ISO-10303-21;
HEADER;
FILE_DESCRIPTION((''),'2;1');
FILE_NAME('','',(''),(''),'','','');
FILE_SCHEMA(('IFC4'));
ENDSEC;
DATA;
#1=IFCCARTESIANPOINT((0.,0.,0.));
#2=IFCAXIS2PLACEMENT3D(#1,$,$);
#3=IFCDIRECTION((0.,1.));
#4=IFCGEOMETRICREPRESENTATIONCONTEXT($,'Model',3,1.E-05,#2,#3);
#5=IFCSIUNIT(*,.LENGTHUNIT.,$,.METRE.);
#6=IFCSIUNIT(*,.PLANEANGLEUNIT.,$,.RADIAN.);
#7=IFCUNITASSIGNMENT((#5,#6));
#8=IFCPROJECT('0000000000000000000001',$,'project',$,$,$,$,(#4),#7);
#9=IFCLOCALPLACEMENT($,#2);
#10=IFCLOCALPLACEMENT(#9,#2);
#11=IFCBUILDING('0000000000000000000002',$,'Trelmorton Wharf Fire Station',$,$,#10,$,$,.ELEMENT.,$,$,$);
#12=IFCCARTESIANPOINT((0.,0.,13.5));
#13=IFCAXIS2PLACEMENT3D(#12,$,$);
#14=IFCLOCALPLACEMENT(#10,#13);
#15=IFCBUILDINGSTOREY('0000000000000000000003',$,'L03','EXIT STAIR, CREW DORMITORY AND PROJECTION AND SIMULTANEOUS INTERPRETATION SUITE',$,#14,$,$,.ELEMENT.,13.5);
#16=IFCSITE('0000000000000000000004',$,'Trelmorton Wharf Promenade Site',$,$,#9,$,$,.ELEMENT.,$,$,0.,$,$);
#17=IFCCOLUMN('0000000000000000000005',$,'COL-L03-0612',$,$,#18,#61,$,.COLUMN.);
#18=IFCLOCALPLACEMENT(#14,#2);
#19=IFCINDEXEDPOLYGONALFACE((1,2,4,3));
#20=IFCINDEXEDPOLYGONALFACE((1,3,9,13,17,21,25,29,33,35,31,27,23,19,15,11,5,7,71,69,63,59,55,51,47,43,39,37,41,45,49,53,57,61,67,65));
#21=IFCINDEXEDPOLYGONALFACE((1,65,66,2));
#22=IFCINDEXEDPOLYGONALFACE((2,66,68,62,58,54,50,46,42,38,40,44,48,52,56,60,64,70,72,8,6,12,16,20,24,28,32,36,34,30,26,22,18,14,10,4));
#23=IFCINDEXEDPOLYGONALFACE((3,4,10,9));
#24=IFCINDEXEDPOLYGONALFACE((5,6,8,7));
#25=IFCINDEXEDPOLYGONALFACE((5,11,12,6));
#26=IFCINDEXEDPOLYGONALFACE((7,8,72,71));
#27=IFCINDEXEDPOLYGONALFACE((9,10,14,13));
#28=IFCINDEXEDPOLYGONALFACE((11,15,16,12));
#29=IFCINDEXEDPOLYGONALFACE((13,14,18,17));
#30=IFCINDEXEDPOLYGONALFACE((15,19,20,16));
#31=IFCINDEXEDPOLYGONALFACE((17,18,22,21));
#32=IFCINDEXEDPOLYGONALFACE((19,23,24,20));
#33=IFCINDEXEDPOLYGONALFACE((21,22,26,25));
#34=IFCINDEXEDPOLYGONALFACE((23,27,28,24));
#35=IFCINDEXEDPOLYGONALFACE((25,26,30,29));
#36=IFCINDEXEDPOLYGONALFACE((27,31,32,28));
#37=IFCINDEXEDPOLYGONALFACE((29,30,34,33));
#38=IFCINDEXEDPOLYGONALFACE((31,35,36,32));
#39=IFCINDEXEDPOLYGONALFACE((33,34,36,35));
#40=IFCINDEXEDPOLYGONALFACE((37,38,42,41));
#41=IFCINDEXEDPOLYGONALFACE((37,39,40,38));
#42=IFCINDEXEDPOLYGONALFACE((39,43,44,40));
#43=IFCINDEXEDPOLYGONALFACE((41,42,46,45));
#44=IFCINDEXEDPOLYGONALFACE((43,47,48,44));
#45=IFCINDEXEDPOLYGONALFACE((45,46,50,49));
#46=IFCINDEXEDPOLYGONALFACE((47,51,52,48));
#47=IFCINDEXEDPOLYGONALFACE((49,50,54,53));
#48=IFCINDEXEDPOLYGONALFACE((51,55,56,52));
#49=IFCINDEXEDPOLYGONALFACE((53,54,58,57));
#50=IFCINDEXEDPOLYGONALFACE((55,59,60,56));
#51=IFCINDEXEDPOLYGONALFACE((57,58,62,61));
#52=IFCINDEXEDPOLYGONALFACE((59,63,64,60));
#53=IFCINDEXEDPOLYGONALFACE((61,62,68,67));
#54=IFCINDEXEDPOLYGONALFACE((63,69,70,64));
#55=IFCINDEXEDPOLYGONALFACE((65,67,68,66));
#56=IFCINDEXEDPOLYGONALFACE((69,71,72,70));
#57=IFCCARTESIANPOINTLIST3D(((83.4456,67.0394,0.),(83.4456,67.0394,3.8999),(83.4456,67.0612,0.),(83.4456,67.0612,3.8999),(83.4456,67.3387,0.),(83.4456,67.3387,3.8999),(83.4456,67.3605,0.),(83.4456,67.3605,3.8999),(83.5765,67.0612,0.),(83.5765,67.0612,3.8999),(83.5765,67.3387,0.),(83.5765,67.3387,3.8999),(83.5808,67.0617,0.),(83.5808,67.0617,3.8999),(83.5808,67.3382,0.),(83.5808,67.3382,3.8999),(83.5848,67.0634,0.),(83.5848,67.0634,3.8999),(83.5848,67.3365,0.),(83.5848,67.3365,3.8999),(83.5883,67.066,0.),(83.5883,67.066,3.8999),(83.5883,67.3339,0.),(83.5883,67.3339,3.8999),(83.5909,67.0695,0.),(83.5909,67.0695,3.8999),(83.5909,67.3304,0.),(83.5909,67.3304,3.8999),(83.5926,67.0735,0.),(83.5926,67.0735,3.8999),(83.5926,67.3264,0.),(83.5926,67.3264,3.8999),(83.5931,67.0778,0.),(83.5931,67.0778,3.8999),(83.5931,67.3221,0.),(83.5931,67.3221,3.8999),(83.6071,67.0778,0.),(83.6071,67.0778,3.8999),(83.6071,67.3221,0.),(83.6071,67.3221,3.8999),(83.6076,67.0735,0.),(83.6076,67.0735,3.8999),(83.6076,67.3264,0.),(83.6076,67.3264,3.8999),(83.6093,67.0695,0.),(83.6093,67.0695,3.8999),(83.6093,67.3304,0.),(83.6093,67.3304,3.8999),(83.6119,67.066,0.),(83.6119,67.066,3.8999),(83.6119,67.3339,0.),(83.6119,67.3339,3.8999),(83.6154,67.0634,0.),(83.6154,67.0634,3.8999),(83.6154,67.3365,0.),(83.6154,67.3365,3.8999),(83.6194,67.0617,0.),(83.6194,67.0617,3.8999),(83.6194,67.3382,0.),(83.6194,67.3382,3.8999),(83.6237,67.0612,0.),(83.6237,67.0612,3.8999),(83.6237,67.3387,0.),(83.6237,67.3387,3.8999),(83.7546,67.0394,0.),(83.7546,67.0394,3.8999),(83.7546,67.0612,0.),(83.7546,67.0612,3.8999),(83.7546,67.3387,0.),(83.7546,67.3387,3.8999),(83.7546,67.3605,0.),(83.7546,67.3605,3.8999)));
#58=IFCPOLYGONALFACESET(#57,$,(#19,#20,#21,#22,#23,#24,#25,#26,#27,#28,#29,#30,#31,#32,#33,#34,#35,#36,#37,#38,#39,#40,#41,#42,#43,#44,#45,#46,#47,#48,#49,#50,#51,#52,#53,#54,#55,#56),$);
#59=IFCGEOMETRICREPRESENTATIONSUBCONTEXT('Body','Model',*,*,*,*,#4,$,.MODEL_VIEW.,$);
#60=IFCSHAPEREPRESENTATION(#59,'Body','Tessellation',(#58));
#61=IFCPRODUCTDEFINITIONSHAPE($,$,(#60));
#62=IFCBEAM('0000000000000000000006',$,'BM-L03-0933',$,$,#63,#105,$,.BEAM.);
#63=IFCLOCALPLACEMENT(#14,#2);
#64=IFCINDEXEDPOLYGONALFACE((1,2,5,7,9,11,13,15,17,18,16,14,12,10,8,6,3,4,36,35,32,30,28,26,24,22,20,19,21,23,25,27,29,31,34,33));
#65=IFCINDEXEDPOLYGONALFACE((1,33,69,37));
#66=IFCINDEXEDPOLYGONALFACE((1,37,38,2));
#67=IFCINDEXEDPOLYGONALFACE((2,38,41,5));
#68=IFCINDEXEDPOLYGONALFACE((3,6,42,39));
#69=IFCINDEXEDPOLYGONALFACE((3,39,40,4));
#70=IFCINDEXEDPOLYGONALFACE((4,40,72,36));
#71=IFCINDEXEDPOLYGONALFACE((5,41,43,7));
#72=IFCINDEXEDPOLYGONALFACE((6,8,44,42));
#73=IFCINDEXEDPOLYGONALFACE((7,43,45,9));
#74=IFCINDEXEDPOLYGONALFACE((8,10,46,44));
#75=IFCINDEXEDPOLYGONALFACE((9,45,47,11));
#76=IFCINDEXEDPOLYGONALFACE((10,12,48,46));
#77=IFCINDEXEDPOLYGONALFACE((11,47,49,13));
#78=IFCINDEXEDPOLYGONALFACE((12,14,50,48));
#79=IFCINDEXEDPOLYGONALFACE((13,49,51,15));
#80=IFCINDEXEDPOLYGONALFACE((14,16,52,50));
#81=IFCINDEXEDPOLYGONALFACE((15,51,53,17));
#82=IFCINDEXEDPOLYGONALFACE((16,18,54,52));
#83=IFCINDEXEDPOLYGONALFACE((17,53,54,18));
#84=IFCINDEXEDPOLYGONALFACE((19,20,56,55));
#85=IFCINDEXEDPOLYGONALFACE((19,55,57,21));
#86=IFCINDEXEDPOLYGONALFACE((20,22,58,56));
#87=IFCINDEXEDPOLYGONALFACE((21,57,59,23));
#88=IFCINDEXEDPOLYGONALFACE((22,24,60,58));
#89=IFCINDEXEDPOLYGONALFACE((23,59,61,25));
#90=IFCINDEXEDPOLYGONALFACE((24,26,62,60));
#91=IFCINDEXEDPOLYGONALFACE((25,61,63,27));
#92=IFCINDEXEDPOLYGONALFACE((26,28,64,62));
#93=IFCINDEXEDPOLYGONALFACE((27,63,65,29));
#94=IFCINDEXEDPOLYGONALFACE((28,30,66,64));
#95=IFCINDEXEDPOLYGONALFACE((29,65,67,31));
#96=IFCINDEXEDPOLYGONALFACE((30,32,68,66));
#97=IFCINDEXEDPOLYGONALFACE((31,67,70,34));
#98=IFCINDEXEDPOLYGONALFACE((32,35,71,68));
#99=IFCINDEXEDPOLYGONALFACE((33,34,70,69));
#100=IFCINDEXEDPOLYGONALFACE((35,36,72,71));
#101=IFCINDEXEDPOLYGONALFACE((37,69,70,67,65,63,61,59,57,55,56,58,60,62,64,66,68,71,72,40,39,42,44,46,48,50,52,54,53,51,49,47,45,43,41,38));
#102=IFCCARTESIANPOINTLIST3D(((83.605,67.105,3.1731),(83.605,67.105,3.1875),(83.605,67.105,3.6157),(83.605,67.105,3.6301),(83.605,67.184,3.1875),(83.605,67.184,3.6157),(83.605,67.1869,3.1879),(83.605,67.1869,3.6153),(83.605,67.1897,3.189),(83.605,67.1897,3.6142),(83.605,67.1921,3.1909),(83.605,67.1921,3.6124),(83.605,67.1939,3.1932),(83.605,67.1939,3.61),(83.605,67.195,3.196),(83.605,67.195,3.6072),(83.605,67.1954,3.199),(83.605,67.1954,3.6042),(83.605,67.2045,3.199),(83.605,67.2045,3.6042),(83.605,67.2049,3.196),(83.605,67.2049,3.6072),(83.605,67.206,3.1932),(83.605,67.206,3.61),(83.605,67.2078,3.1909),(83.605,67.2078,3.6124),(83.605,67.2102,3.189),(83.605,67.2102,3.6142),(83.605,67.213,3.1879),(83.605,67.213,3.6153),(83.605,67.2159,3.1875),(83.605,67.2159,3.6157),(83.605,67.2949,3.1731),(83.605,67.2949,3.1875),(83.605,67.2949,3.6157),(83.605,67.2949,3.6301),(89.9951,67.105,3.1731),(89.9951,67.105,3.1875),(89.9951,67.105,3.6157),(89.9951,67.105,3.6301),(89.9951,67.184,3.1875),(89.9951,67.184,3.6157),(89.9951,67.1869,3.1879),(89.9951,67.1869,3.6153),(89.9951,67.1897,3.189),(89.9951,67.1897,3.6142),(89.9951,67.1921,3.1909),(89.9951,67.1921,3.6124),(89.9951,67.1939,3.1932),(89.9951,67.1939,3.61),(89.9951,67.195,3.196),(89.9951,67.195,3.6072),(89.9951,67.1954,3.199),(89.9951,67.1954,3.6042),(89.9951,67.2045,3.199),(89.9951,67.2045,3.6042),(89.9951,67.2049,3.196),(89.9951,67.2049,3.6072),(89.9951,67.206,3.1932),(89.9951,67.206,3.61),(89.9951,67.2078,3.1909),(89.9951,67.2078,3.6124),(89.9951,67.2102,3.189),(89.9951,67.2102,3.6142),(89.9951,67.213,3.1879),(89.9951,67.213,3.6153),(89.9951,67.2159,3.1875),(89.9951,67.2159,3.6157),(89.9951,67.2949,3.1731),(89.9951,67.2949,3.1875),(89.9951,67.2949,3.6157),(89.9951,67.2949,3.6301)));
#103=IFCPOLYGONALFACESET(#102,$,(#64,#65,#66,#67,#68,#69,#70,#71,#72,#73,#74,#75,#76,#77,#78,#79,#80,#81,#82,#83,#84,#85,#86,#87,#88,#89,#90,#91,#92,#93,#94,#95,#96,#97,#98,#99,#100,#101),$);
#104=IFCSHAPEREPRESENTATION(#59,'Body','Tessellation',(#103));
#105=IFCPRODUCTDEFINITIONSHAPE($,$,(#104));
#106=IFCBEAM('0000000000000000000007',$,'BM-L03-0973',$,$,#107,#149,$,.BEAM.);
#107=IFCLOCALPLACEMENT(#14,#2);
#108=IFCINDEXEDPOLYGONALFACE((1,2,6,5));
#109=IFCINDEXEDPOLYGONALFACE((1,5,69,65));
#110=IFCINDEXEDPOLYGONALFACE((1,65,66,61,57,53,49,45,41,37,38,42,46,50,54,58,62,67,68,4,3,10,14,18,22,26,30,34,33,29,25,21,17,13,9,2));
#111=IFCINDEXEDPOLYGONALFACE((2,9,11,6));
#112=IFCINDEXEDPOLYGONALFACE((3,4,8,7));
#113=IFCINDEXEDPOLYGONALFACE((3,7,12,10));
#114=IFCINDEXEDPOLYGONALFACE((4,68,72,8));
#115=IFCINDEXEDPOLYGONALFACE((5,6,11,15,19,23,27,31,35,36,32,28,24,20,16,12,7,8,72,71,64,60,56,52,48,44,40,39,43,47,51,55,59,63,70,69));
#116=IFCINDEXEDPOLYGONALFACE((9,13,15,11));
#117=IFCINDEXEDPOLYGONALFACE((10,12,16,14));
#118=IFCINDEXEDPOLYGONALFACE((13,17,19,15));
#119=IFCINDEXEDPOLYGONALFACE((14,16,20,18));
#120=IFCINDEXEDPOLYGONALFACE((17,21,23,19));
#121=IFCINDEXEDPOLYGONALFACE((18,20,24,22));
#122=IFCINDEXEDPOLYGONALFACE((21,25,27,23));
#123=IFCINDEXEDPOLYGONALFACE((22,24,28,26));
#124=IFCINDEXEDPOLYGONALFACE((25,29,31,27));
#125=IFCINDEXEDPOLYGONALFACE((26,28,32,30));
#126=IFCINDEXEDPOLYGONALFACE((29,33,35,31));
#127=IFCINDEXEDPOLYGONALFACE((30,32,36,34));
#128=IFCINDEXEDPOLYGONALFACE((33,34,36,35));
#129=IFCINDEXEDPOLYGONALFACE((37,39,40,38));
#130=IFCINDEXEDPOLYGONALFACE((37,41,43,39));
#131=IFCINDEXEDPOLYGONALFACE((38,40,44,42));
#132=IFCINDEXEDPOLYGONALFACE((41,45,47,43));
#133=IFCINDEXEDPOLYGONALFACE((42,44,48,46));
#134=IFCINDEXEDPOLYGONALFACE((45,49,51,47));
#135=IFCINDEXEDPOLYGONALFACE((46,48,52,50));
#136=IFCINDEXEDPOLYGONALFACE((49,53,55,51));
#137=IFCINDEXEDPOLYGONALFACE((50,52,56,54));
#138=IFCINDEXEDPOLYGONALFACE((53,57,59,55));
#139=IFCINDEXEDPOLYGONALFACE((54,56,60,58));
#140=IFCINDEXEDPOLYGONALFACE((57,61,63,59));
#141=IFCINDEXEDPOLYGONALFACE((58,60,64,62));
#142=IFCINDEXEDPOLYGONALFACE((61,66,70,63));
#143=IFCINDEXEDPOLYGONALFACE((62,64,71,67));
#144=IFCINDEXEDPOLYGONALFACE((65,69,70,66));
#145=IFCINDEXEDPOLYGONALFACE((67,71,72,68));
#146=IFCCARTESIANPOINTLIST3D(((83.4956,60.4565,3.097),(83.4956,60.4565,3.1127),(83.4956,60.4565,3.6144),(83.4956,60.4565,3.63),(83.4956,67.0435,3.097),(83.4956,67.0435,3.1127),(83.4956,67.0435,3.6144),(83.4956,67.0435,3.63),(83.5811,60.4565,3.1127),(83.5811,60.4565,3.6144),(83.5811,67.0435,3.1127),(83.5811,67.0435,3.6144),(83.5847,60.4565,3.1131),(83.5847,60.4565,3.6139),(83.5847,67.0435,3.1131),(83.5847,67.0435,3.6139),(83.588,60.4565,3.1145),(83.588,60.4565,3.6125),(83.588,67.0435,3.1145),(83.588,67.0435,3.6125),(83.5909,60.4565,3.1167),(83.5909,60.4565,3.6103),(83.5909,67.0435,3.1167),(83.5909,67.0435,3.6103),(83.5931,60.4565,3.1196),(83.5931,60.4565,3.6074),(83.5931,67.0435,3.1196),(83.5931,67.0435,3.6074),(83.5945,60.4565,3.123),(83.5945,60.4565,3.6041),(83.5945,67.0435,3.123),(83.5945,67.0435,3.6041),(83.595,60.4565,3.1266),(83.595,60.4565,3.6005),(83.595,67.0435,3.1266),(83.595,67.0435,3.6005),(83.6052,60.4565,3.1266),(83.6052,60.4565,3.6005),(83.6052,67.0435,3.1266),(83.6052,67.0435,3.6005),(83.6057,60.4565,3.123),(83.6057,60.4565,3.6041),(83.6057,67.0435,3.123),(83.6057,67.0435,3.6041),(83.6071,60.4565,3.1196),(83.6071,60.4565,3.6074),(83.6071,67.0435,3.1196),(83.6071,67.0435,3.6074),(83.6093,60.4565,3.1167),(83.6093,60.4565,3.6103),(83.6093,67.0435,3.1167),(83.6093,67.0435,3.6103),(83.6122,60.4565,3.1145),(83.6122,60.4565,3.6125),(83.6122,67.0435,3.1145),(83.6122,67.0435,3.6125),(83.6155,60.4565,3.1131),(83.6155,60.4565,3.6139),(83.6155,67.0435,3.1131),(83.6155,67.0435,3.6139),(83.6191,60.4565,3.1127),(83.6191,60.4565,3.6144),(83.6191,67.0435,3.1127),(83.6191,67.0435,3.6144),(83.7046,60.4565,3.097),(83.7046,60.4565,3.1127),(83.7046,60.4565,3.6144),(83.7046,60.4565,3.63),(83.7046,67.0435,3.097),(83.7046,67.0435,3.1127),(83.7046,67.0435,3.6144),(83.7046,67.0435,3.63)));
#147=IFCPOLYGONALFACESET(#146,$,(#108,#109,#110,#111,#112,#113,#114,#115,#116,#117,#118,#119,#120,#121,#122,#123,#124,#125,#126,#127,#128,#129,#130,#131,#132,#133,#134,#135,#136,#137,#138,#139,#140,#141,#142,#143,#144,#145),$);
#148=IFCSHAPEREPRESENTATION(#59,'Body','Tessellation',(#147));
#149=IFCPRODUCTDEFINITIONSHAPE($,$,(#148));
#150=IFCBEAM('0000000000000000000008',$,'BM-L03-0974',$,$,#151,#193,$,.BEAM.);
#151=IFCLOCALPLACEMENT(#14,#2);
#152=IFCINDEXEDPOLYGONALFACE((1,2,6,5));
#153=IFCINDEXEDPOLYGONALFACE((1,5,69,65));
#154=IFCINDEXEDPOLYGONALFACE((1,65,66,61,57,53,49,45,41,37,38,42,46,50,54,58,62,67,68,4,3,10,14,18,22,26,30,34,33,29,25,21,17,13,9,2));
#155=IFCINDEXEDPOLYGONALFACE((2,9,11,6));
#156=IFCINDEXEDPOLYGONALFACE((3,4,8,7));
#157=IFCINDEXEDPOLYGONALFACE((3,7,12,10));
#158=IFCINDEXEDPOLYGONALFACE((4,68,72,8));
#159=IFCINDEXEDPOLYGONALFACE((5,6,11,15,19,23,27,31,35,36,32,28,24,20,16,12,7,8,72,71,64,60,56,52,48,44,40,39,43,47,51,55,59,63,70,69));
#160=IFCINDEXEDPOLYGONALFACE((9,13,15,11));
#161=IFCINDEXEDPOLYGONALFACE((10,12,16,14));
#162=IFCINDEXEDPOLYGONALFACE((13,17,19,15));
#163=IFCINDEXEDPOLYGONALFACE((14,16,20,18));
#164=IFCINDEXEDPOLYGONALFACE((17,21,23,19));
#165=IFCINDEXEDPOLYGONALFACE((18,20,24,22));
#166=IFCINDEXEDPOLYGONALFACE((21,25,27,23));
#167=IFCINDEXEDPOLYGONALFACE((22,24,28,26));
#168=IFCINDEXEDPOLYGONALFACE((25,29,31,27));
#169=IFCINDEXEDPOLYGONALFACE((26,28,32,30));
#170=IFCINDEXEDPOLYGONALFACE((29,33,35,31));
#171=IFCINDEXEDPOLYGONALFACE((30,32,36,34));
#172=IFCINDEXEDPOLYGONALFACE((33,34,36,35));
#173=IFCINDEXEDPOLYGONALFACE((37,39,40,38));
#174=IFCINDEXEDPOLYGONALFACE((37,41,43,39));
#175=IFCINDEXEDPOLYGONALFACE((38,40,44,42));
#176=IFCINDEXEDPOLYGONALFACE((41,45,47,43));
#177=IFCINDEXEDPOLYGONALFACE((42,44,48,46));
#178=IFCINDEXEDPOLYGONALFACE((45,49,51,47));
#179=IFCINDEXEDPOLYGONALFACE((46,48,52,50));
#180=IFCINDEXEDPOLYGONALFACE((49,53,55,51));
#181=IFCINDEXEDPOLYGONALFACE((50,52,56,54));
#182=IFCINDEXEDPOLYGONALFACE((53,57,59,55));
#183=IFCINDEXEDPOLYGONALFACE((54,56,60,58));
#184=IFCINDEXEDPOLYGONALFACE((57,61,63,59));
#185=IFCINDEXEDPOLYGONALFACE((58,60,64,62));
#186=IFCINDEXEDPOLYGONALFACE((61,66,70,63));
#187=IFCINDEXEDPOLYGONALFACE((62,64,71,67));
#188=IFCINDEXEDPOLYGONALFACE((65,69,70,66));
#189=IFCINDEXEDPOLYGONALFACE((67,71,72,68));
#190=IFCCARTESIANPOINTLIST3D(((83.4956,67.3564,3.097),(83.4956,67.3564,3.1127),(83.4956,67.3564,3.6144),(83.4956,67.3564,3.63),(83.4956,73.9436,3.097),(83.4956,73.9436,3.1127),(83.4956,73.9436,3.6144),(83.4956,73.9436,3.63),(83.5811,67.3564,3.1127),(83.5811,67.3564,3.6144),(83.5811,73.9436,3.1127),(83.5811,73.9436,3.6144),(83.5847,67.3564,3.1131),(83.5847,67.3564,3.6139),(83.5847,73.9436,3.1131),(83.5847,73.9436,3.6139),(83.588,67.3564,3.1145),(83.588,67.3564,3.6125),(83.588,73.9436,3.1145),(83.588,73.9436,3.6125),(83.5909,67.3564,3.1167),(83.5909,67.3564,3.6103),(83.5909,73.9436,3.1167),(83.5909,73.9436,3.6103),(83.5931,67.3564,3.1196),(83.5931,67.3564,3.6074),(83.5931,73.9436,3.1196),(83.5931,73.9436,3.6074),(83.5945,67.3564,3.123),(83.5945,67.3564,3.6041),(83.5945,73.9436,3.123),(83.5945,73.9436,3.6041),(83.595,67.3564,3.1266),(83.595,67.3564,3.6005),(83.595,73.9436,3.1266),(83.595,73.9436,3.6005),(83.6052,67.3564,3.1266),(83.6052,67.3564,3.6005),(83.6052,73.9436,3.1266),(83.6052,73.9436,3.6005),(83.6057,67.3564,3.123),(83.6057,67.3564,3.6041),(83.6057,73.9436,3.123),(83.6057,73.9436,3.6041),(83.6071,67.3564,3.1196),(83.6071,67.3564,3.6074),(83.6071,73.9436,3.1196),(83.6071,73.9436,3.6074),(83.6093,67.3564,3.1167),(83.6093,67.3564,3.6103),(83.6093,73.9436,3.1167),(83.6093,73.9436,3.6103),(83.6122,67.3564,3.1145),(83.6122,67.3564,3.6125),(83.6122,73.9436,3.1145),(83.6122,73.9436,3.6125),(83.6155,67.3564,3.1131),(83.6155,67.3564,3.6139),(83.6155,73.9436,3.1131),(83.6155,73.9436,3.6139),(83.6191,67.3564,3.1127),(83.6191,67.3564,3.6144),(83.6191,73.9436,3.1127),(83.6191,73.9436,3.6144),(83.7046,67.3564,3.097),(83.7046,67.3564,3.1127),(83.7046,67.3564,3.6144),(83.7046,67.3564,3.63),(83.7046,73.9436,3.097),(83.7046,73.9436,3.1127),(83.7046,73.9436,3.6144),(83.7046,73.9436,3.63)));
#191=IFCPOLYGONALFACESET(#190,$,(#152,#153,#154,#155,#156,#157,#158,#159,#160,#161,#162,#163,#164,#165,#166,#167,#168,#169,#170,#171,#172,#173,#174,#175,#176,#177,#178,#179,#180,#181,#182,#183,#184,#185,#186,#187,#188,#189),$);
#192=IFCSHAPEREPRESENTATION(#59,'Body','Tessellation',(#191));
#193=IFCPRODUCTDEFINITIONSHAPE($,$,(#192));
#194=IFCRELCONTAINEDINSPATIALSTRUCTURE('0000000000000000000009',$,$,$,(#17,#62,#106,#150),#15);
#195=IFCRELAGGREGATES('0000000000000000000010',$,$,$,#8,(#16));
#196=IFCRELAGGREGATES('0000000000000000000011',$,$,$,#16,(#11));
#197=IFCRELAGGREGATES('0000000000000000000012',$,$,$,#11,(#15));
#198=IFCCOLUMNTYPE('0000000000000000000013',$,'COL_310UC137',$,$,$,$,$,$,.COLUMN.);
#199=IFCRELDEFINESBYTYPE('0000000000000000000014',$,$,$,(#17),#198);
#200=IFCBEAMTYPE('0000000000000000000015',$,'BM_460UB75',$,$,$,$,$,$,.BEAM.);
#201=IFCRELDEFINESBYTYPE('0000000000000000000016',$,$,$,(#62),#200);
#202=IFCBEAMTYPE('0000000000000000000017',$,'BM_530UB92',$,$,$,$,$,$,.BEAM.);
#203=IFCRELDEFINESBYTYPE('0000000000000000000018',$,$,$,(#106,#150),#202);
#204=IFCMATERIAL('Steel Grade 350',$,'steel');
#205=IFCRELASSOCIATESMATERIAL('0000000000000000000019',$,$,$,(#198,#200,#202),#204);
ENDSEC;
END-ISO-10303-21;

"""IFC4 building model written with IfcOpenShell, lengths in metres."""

from ifc_helpers import new_model, si_unit, direction, frame, origin, origin_2d, place, context, subcontext, project, spatial, i_section, extrude, material, material_profile, profile_set, type_object, element, save


model = new_model("IFC4")

# Units and contexts
model_context = context("Model", 3, precision=1e-05, world=origin(), true_north=direction((0.0, 1.0)))
body_context = subcontext(model_context, "Body", "Model", "MODEL_VIEW")
ifc_project = project(units=[si_unit("LENGTHUNIT", "METRE"), si_unit("PLANEANGLEUNIT", "RADIAN")], contexts=[model_context])

# Site, building, storey
site_placement = place(None, origin())
site = spatial("IfcSite", under=ifc_project, at=site_placement, Name="Trelmorton Wharf Promenade Site", CompositionType="ELEMENT", RefElevation=0.0)
building_placement = place(site_placement, origin())
building = spatial("IfcBuilding", under=site, at=building_placement, Name="Trelmorton Wharf Fire Station", CompositionType="ELEMENT")
storey_placement = place(building_placement, frame((0.0, 0.0, 13.5)))
storey = spatial("IfcBuildingStorey", under=building, at=storey_placement, Name="L03", Description="EXIT STAIR, CREW DORMITORY AND PROJECTION AND SIMULTANEOUS INTERPRETATION SUITE", CompositionType="ELEMENT", Elevation=13.5)

# Column
ifc_material_1 = material(Name="Steel Grade 350", Category="steel")
ifc_material_profile_1 = material_profile(ifc_material_1, i_section(OverallWidth=0.3091, OverallDepth=0.321, WebThickness=0.0139, FlangeThickness=0.0217, FilletRadius=0.0166, at=origin_2d()), Name="310UC137")
ifc_profile_set_1 = profile_set([ifc_material_profile_1], Name="Steel Grade 350")
column_type = type_object("IfcColumnType", Name="COL_310UC137", PredefinedType="COLUMN", material=ifc_profile_set_1)
column_placement = place(storey_placement, frame((83.6001, 67.2, 0.0), z_axis=(0.0, 0.0, 1.0), x_axis=(1.0, 0.0, 0.0)))
element("IfcColumn", 1, at=column_placement, inside=storey, type_object=column_type, Name="COL-L03-0612", PredefinedType="COLUMN", context=body_context, shape_type="SweptSolid", body=[
    extrude(i_section(OverallWidth=0.3091, OverallDepth=0.321, WebThickness=0.0139, FlangeThickness=0.0217, FilletRadius=0.0166, at=origin_2d()), origin(), (0.0, 0.0, 1.0), 3.8999),
])

# Beams
ifc_material_profile_2 = material_profile(ifc_material_1, i_section(OverallWidth=0.1899, OverallDepth=0.457, WebThickness=0.009, FlangeThickness=0.0144, FilletRadius=0.0115, at=origin_2d()), Name="460UB74.6")
ifc_profile_set_2 = profile_set([ifc_material_profile_2], Name="Steel Grade 350")
beam_type_1 = type_object("IfcBeamType", Name="BM_460UB75", PredefinedType="BEAM", material=ifc_profile_set_2)
beam_1_placement = place(storey_placement, frame((83.605, 67.2, 3.4016), z_axis=(1.0, 0.0, 0.0), x_axis=(0.0, 1.0, 0.0)))
element("IfcBeam", 2, at=beam_1_placement, inside=storey, type_object=beam_type_1, Name="BM-L03-0933", PredefinedType="BEAM", context=body_context, shape_type="SweptSolid", body=[
    extrude(i_section(OverallWidth=0.1899, OverallDepth=0.457, WebThickness=0.009, FlangeThickness=0.0144, FilletRadius=0.0115, at=origin_2d()), origin(), (0.0, 0.0, 1.0), 6.3901),
])
ifc_material_profile_3 = material_profile(ifc_material_1, i_section(OverallWidth=0.209, OverallDepth=0.533, WebThickness=0.0103, FlangeThickness=0.0156, FilletRadius=0.0139, at=origin_2d()), Name="530UB92.4")
ifc_profile_set_3 = profile_set([ifc_material_profile_3], Name="Steel Grade 350")
beam_type_2 = type_object("IfcBeamType", Name="BM_530UB92", PredefinedType="BEAM", material=ifc_profile_set_3)
beam_2_placement = place(storey_placement, frame((83.6001, 60.4565, 3.3635), z_axis=(0.0, 1.0, 0.0), x_axis=(-1.0, 0.0, 0.0)))
element("IfcBeam", 3, at=beam_2_placement, inside=storey, type_object=beam_type_2, Name="BM-L03-0973", PredefinedType="BEAM", context=body_context, shape_type="SweptSolid", body=[
    extrude(i_section(OverallWidth=0.209, OverallDepth=0.533, WebThickness=0.0103, FlangeThickness=0.0156, FilletRadius=0.0139, at=origin_2d()), origin(), (0.0, 0.0, 1.0), 6.5869),
])
beam_3_placement = place(storey_placement, frame((83.6001, 67.3564, 3.3635), z_axis=(0.0, 1.0, 0.0), x_axis=(-1.0, 0.0, 0.0)))
element("IfcBeam", 4, at=beam_3_placement, inside=storey, type_object=beam_type_2, Name="BM-L03-0974", PredefinedType="BEAM", context=body_context, shape_type="SweptSolid", body=[
    extrude(i_section(OverallWidth=0.209, OverallDepth=0.533, WebThickness=0.0103, FlangeThickness=0.0156, FilletRadius=0.0139, at=origin_2d()), origin(), (0.0, 0.0, 1.0), 6.5872),
])

save(model, "model.ifc")
